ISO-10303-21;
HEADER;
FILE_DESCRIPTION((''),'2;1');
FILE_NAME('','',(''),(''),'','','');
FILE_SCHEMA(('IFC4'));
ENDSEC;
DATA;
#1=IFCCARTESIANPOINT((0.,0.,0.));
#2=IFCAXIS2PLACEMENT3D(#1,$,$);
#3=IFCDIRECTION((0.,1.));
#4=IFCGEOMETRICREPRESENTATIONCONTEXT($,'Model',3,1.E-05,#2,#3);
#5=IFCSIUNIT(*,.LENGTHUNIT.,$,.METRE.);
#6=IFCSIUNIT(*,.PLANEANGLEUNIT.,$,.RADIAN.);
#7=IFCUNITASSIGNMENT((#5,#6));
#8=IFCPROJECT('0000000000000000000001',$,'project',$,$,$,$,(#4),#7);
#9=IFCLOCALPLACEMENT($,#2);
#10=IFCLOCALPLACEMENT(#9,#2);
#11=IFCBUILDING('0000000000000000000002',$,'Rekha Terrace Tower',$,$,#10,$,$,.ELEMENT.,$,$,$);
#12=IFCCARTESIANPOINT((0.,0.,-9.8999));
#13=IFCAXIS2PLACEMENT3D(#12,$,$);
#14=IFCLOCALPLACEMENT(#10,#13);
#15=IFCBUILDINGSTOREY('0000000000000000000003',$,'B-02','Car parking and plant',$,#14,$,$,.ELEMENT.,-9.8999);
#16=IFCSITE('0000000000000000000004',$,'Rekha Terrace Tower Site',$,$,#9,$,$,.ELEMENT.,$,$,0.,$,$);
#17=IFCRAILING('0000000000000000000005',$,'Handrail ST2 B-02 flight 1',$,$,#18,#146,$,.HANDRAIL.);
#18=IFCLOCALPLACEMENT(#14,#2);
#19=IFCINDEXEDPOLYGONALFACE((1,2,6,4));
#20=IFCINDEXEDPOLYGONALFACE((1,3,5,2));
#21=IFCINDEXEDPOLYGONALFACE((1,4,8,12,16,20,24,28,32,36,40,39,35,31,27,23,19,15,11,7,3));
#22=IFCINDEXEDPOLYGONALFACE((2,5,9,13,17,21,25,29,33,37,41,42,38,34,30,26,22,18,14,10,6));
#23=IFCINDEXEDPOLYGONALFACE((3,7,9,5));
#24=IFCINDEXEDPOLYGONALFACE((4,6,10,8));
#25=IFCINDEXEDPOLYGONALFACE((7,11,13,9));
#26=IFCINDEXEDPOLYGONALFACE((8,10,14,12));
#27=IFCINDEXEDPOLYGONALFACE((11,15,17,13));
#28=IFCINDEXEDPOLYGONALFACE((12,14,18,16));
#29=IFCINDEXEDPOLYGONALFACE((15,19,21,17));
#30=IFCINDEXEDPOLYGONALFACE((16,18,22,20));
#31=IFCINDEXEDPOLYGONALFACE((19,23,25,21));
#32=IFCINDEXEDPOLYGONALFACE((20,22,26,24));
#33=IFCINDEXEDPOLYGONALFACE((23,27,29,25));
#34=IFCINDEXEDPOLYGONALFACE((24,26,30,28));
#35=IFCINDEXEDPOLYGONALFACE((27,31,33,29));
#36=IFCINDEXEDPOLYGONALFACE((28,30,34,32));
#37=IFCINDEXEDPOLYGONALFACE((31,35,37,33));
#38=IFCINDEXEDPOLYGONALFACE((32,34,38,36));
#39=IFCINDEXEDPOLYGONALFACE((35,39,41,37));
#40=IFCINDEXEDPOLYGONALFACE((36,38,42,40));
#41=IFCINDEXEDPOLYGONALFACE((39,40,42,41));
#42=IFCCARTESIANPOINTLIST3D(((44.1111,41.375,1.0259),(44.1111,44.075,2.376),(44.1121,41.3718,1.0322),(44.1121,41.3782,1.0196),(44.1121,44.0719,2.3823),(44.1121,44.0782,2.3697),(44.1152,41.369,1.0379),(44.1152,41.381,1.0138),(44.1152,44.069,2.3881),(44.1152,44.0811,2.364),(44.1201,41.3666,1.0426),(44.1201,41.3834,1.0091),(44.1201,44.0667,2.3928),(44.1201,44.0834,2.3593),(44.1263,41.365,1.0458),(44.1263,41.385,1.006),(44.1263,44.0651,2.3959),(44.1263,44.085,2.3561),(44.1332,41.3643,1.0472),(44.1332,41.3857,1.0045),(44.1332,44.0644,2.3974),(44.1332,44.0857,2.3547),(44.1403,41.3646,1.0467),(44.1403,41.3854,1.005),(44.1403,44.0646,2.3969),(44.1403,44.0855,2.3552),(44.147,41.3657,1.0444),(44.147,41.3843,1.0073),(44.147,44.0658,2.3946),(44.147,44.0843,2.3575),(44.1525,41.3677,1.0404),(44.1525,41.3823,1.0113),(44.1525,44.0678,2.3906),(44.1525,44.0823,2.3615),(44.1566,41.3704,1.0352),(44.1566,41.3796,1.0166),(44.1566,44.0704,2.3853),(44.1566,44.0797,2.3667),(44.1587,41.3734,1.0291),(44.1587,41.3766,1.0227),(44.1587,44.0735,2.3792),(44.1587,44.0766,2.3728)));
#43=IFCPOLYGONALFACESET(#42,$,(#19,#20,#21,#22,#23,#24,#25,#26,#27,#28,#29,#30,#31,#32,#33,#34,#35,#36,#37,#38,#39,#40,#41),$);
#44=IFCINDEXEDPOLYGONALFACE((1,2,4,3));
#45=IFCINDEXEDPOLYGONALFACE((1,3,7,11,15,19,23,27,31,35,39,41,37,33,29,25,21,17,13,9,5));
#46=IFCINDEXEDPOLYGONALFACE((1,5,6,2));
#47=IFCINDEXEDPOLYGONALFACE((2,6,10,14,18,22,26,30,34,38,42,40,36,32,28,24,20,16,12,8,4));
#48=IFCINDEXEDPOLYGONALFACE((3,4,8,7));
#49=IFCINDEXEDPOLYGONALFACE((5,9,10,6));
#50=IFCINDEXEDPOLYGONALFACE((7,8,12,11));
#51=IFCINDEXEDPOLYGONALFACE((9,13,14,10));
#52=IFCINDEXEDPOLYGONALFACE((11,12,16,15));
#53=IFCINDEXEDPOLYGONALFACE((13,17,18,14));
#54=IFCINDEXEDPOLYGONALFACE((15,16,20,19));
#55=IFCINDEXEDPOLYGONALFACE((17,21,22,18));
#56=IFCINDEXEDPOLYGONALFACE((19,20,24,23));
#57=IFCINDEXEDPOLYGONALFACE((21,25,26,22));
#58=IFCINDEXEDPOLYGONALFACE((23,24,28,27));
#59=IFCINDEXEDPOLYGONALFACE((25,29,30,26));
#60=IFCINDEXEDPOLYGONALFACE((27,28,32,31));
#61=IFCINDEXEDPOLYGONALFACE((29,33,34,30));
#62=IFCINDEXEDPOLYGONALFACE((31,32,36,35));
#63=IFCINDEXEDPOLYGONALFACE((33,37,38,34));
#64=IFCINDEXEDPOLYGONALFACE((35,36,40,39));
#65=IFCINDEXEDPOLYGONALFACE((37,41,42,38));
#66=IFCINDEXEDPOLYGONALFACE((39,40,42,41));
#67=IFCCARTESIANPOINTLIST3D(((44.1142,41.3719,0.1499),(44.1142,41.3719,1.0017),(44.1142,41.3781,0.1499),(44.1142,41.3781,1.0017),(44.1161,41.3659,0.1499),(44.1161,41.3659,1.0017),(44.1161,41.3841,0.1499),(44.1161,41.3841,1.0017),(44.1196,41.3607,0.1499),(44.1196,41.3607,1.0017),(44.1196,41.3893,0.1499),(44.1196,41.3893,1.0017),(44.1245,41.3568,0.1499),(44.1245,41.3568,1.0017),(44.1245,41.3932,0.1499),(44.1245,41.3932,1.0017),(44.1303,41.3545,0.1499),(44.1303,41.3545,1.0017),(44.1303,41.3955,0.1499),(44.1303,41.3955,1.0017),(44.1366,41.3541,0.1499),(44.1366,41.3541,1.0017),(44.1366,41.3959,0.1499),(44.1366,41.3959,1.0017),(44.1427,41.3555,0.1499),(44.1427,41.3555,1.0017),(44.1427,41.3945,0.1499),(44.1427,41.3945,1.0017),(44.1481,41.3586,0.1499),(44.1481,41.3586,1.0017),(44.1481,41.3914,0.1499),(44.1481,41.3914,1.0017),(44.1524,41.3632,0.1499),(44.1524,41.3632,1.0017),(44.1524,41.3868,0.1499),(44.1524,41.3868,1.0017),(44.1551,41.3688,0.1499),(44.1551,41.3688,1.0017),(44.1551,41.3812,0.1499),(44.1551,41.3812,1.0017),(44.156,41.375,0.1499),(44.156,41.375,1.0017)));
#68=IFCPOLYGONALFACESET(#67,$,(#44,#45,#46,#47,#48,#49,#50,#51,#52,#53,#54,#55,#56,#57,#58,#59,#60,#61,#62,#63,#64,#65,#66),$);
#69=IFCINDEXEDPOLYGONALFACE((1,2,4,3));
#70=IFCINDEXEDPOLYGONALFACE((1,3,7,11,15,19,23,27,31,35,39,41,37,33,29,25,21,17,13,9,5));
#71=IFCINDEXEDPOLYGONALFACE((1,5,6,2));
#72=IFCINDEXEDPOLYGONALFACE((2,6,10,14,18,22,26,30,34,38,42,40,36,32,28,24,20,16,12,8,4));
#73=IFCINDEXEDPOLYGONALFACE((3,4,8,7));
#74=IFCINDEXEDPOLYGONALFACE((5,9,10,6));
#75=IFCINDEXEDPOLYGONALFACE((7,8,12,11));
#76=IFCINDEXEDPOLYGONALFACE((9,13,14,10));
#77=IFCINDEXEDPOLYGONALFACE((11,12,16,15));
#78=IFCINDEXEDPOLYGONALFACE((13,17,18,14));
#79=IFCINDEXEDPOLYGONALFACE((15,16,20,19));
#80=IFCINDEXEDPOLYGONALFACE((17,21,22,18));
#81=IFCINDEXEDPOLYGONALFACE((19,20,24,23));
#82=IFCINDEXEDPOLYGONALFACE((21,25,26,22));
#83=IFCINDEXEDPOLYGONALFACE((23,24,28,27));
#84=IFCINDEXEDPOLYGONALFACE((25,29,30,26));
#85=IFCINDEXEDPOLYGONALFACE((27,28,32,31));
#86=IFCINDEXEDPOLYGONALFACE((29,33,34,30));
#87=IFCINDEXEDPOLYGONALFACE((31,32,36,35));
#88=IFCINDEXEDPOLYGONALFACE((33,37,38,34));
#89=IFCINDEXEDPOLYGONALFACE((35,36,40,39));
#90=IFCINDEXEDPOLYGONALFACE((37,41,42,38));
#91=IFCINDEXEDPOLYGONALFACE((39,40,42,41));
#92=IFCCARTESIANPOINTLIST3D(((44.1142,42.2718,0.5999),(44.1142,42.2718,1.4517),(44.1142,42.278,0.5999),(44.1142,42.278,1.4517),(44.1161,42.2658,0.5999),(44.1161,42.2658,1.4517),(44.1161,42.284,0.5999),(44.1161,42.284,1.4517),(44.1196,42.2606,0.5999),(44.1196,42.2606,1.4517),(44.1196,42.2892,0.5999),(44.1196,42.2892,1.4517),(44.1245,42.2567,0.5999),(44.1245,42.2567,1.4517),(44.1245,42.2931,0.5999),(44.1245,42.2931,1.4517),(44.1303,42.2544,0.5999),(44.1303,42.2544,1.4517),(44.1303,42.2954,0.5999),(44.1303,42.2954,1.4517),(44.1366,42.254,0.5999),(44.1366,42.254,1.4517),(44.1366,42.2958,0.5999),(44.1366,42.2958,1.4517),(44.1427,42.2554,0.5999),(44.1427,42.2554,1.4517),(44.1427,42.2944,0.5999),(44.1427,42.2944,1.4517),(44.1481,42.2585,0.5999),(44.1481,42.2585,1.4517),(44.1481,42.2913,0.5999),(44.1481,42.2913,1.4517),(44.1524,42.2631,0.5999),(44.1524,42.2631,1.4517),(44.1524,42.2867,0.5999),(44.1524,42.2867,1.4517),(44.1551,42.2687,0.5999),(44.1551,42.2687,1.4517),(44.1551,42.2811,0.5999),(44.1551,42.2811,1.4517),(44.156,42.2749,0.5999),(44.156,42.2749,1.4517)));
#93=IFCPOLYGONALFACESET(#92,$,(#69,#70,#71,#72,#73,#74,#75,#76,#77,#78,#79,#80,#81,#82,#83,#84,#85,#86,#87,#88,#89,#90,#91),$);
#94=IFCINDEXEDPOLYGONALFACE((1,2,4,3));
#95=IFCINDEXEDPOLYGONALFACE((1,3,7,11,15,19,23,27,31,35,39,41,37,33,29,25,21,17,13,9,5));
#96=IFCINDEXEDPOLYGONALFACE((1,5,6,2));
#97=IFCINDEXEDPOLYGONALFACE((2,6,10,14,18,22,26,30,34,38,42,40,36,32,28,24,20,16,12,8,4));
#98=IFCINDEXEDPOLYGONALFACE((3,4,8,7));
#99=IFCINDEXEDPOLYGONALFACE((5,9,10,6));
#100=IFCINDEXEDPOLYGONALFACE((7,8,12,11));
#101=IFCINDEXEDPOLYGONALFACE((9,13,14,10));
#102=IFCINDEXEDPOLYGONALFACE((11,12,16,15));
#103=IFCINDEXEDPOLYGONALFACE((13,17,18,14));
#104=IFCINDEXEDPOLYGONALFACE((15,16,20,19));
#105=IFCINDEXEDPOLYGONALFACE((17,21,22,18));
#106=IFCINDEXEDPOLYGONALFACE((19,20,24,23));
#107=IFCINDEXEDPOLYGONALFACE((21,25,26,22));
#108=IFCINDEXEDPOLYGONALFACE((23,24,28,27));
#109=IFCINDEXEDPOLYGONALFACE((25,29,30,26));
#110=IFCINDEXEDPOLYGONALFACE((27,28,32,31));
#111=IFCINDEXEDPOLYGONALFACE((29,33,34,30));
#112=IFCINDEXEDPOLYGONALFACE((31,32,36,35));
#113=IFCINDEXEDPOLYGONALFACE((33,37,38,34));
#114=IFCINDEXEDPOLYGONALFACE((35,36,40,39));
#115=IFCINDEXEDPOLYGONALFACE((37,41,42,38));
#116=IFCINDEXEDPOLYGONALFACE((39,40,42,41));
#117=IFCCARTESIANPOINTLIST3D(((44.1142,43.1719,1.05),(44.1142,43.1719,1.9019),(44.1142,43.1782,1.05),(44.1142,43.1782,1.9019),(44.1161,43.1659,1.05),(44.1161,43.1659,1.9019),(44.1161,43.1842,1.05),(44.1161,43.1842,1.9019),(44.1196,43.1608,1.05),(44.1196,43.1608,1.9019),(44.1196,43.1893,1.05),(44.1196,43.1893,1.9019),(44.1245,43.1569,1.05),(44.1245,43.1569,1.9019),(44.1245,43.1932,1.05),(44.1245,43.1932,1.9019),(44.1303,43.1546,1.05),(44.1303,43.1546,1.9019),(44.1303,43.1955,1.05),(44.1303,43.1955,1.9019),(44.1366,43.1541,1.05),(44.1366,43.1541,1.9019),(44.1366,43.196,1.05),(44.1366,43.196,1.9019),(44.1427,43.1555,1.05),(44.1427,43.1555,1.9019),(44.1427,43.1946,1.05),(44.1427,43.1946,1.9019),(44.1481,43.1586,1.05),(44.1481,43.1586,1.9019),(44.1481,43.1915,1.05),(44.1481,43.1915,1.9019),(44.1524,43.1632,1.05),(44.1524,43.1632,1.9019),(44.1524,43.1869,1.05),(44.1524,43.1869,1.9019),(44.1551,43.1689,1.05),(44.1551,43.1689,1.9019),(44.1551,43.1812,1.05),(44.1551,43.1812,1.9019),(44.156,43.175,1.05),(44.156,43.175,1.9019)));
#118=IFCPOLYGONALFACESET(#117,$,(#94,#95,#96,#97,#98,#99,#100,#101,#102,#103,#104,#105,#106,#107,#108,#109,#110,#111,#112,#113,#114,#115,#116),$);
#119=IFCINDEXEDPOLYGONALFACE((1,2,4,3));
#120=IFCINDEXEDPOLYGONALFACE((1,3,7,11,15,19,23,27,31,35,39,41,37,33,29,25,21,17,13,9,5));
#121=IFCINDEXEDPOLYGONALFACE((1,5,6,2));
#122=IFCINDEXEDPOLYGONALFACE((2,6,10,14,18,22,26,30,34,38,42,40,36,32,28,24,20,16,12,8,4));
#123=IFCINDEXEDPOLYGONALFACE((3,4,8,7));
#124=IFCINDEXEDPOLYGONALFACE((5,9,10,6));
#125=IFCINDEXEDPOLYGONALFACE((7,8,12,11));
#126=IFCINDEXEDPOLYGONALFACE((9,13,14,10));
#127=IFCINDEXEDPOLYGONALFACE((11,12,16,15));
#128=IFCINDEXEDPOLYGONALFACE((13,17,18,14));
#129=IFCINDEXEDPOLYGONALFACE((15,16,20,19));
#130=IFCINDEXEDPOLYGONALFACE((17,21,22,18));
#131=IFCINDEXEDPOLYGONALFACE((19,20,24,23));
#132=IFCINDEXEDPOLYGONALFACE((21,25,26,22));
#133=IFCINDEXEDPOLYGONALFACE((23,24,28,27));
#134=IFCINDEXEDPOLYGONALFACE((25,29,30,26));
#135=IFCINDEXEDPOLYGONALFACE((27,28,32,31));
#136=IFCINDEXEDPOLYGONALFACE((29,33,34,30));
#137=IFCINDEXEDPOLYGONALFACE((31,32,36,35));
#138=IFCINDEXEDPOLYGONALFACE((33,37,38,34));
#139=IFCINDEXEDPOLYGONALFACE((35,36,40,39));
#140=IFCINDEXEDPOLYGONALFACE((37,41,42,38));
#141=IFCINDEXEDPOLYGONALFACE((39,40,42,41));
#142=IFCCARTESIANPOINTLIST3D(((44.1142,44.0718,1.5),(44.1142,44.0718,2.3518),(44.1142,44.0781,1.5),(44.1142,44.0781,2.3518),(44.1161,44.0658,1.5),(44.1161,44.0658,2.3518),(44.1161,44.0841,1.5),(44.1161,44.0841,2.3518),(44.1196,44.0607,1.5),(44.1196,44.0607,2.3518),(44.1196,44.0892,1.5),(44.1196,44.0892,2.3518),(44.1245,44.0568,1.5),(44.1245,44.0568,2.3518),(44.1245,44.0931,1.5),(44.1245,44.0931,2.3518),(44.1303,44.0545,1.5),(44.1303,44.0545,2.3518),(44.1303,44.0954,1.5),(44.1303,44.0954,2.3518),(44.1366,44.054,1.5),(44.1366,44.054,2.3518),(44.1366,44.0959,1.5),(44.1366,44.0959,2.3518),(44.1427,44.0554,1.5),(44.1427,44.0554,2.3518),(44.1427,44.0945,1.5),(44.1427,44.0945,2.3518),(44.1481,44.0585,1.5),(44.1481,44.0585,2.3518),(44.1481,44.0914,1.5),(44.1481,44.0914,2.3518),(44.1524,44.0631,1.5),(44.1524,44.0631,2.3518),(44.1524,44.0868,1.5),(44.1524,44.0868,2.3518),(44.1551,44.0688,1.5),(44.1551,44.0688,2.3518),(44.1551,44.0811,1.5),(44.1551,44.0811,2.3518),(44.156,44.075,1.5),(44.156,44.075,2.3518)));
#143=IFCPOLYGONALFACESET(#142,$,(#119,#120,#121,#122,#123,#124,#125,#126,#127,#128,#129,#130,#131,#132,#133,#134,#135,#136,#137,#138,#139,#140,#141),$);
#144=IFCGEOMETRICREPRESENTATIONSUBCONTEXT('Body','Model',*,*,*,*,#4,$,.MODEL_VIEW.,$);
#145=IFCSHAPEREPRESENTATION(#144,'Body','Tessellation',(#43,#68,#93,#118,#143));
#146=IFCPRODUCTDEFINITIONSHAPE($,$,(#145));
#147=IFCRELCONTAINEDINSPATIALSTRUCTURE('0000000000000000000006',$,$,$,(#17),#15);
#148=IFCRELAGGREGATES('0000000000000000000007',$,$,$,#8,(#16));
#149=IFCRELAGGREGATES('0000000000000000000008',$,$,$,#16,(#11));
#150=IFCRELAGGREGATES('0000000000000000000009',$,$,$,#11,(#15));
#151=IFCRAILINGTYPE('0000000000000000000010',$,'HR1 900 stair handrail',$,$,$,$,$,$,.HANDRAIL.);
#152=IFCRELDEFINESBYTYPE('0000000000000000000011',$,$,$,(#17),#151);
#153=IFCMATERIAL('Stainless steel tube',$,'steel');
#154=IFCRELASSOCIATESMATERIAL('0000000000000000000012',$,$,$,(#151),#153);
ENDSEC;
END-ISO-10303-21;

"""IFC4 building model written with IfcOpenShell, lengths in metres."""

from ifc_helpers import new_model, si_unit, direction, frame, origin, origin_2d, place, context, subcontext, project, spatial, circle, extrude, material, type_object, element, save


model = new_model("IFC4")

# Units and contexts
model_context = context("Model", 3, precision=1e-05, world=origin(), true_north=direction((0.0, 1.0)))
body_context = subcontext(model_context, "Body", "Model", "MODEL_VIEW")
ifc_project = project(units=[si_unit("LENGTHUNIT", "METRE"), si_unit("PLANEANGLEUNIT", "RADIAN")], contexts=[model_context])

# Site, building, storey
site_placement = place(None, origin())
site = spatial("IfcSite", under=ifc_project, at=site_placement, Name="Rekha Terrace Tower Site", CompositionType="ELEMENT", RefElevation=0.0)
building_placement = place(site_placement, origin())
building = spatial("IfcBuilding", under=site, at=building_placement, Name="Rekha Terrace Tower", CompositionType="ELEMENT")
storey_placement = place(building_placement, frame((0.0, 0.0, -9.8999)))
storey = spatial("IfcBuildingStorey", under=building, at=storey_placement, Name="B-02", Description="Car parking and plant", CompositionType="ELEMENT", Elevation=-9.8999)

# Railing
ifc_material_1 = material(Name="Stainless steel tube", Category="steel")
railing_type_1 = type_object("IfcRailingType", Name="HR1 900 stair handrail", PredefinedType="HANDRAIL", material=ifc_material_1)
railing_1_placement = place(storey_placement, frame((44.135, 41.375, 0.1499)))
element("IfcRailing", 1, at=railing_1_placement, inside=storey, type_object=railing_type_1, Name="Handrail ST2 B-02 flight 1", PredefinedType="HANDRAIL", context=body_context, shape_type="SweptSolid", body=[
    extrude(circle(Radius=0.0239, at=origin_2d()), frame((0.0, 0.0, 0.876), z_axis=(0.0, 0.894411, 0.447246), x_axis=(-1.0, 0.0, 0.0)), (0.0, 0.0, 1.0), 3.0188),
    extrude(circle(Radius=0.021, at=origin_2d()), origin(), (0.0, 0.0, 1.0), 0.8518),
    extrude(circle(Radius=0.021, at=origin_2d()), frame((0.0, 0.8999, 0.45)), (0.0, 0.0, 1.0), 0.8518),
    extrude(circle(Radius=0.021, at=origin_2d()), frame((0.0, 1.8, 0.9001)), (0.0, 0.0, 1.0), 0.8518),
    extrude(circle(Radius=0.021, at=origin_2d()), frame((0.0, 2.7, 1.3501)), (0.0, 0.0, 1.0), 0.8518),
])

save(model, "model.ifc")
